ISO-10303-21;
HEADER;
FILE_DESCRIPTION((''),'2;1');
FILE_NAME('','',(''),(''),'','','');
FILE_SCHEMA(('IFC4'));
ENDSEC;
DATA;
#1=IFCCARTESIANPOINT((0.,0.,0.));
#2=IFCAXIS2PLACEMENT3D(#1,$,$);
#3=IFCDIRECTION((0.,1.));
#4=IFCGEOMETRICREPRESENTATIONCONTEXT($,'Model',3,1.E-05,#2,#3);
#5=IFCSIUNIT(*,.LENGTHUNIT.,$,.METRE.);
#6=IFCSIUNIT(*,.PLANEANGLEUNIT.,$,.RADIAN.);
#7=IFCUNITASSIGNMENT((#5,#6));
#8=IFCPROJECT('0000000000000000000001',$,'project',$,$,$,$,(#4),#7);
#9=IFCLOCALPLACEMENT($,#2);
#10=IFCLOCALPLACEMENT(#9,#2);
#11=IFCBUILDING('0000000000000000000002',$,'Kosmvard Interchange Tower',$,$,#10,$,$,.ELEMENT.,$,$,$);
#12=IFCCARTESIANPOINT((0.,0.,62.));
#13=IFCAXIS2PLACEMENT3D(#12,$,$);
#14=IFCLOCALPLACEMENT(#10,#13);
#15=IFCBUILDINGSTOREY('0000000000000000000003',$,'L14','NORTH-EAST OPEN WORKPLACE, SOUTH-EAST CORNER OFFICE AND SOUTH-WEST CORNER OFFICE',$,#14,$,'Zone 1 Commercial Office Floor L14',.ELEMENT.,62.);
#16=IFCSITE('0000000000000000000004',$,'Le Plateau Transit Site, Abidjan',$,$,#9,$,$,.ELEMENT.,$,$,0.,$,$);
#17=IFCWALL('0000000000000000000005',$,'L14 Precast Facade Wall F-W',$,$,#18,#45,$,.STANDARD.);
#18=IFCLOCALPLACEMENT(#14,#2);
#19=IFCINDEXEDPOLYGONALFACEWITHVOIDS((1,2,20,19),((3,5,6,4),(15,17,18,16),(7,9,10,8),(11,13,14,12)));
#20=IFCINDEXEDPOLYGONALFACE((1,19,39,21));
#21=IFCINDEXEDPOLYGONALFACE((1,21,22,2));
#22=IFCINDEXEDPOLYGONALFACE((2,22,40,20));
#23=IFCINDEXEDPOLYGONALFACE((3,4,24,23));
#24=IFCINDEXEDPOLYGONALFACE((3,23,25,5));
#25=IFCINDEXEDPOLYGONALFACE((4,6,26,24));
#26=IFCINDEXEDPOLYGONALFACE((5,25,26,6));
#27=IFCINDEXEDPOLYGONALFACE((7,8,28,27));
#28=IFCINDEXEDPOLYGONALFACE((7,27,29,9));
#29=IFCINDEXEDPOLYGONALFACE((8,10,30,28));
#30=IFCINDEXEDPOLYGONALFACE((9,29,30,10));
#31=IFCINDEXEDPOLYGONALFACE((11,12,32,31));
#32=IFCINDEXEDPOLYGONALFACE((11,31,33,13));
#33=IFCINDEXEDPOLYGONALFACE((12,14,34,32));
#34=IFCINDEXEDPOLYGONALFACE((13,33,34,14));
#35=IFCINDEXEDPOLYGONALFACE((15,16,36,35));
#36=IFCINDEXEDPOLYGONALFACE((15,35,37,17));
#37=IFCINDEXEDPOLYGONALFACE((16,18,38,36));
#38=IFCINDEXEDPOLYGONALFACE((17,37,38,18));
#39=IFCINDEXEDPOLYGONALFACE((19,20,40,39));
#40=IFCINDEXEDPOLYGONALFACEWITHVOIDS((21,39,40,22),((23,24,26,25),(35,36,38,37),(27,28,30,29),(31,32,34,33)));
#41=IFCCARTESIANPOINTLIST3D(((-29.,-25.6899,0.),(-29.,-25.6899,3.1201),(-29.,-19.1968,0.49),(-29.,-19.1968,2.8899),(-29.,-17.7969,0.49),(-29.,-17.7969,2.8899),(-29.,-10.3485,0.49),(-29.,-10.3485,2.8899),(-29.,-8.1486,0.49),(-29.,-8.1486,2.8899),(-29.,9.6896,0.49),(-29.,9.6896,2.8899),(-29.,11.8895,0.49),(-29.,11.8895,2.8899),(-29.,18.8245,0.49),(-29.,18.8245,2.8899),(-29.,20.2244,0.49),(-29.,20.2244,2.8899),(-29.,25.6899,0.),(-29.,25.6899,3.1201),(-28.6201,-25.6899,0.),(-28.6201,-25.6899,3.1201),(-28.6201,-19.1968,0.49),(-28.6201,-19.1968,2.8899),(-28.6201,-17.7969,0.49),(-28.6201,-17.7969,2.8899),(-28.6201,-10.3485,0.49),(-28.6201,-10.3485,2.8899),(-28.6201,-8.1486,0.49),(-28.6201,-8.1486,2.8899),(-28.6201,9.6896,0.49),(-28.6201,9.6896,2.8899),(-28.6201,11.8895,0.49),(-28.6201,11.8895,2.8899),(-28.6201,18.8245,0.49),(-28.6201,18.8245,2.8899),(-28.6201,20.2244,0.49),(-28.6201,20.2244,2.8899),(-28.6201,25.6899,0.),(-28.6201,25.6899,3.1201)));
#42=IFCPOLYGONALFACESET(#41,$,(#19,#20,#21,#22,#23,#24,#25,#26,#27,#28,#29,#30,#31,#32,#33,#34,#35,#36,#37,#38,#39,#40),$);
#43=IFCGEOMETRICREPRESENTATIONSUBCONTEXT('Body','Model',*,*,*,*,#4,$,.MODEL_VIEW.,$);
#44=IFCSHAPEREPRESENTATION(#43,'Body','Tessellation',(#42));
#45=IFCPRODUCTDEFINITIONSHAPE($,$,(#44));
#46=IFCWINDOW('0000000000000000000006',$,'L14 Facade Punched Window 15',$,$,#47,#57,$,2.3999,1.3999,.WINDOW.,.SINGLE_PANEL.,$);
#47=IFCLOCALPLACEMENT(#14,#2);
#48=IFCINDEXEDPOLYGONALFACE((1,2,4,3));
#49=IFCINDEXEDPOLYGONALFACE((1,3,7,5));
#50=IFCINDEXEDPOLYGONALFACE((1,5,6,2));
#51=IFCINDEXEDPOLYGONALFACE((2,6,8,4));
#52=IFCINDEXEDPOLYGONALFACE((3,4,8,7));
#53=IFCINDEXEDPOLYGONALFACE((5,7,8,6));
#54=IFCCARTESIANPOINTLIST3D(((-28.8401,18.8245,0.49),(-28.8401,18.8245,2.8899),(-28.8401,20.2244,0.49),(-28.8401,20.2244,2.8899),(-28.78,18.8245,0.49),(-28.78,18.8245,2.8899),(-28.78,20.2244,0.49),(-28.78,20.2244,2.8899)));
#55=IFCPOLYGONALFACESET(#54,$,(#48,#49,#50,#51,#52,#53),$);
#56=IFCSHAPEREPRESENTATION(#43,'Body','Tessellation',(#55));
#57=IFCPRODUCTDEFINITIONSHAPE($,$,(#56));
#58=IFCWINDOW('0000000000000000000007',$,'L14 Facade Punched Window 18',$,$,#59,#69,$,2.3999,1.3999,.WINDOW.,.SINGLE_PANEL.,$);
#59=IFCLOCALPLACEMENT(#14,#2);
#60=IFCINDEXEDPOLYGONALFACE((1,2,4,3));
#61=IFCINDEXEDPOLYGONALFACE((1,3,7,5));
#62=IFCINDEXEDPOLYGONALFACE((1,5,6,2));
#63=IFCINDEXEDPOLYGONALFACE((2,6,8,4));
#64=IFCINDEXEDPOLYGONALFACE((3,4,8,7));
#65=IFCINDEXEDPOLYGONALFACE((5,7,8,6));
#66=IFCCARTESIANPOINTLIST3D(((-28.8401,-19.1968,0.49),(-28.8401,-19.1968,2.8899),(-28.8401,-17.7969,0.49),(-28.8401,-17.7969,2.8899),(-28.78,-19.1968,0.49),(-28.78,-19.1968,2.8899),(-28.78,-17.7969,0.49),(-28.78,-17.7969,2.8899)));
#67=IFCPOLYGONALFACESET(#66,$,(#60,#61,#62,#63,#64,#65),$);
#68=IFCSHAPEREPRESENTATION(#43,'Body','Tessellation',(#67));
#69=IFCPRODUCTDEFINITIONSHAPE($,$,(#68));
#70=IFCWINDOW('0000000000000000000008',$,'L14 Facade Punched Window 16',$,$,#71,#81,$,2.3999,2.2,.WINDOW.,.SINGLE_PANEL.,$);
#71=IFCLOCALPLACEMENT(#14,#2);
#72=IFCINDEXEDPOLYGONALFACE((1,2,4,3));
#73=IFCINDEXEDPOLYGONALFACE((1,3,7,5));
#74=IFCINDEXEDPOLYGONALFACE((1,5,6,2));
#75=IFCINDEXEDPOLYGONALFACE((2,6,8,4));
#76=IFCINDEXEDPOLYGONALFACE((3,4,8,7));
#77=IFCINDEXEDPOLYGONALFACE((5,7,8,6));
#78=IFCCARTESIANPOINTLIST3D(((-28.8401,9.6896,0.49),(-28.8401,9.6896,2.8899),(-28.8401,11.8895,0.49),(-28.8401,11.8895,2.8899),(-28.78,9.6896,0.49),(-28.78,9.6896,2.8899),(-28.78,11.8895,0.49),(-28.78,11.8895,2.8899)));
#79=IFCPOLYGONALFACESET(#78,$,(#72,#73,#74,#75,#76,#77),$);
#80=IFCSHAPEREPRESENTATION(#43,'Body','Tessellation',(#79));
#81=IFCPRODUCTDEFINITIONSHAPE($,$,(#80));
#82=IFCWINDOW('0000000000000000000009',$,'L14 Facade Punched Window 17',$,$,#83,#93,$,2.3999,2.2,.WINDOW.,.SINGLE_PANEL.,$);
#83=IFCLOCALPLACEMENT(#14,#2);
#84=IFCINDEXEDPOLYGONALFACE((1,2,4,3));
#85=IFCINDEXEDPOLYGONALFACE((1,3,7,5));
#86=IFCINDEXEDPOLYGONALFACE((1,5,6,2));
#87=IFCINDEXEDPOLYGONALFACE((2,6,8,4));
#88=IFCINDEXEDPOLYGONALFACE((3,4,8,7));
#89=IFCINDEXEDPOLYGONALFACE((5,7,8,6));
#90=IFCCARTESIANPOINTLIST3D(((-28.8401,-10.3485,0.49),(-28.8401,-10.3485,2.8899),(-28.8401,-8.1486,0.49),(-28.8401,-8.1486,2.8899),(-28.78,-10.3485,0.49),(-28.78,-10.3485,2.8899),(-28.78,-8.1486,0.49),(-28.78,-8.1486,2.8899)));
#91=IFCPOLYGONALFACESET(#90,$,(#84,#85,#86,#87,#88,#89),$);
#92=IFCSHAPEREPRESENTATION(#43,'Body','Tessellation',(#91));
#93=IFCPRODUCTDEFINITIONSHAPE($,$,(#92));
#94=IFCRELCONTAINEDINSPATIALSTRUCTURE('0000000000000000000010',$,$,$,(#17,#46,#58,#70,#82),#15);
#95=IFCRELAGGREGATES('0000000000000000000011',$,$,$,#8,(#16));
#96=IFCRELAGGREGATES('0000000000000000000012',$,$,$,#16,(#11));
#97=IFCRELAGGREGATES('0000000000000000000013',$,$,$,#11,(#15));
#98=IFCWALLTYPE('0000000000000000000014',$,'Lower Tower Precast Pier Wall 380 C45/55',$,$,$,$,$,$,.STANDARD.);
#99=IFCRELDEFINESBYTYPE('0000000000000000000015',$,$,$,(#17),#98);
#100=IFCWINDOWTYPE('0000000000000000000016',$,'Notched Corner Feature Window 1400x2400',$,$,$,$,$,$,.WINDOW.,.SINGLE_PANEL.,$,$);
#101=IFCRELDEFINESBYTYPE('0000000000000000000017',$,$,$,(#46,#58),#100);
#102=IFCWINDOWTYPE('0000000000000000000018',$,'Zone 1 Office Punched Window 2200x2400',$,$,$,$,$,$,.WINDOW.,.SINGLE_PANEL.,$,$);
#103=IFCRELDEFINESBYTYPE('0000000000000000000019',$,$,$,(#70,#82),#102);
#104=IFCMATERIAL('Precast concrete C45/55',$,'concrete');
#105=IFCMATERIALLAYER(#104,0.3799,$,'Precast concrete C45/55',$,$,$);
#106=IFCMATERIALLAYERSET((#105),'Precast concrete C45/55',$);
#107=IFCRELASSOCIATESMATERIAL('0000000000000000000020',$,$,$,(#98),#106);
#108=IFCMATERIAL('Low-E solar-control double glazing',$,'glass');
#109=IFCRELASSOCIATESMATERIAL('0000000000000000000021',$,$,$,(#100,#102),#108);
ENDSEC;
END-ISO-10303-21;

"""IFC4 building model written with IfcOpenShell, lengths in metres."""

from ifc_helpers import new_model, si_unit, direction, frame, frame_2d, origin, place, context, subcontext, project, spatial, rectangle, extrude, source, transform, mapped, material, layer, layer_set, type_object, element, fill, save


model = new_model("IFC4")

# Units and contexts
model_context = context("Model", 3, precision=1e-05, world=origin(), true_north=direction((0.0, 1.0)))
body_context = subcontext(model_context, "Body", "Model", "MODEL_VIEW")
ifc_project = project(units=[si_unit("LENGTHUNIT", "METRE"), si_unit("PLANEANGLEUNIT", "RADIAN")], contexts=[model_context])

# Site, building, storey
site_placement = place(None, origin())
site = spatial("IfcSite", under=ifc_project, at=site_placement, Name="Le Plateau Transit Site, Abidjan", CompositionType="ELEMENT", RefElevation=0.0)
building_placement = place(site_placement, origin())
building = spatial("IfcBuilding", under=site, at=building_placement, Name="Kosmvard Interchange Tower", CompositionType="ELEMENT")
storey_placement = place(building_placement, frame((0.0, 0.0, 62.0)))
storey = spatial("IfcBuildingStorey", under=building, at=storey_placement, Name="L14", Description="NORTH-EAST OPEN WORKPLACE, SOUTH-EAST CORNER OFFICE AND SOUTH-WEST CORNER OFFICE", LongName="Zone 1 Commercial Office Floor L14", CompositionType="ELEMENT", Elevation=62.0)

# Shared definitions
ifc_material_1 = material(Name="Precast concrete C45/55", Category="concrete")

# Shared definitions
ifc_layer_1 = layer(ifc_material_1, 0.3799, Name="Precast concrete C45/55")
ifc_layer_set_1 = layer_set([ifc_layer_1], Name="Precast concrete C45/55")
wall_type = type_object("IfcWallType", Name="Lower Tower Precast Pier Wall 380 C45/55", PredefinedType="STANDARD", material=ifc_layer_set_1)

# Wall, openings, windows
wall_1_placement = place(storey_placement, frame((-28.8101, 25.6899, 0.0), z_axis=(0.0, 0.0, 1.0), x_axis=(0.0, -1.0, 0.0)))
wall_1 = element("IfcWall", 1, at=wall_1_placement, inside=storey, type_object=wall_type, Name="L14 Precast Facade Wall F-W", PredefinedType="STANDARD", context=body_context, shape_type="SweptSolid", body=[
    extrude(rectangle(XDim=51.3799, YDim=0.3799, at=frame_2d((25.6899, 0.0))), origin(), (0.0, 0.0, 1.0), 3.1201),
])
opening_1_placement = place(wall_1_placement, frame((5.4656, 0.0, 0.49)))
opening_1 = element("IfcOpeningElement", 2, at=opening_1_placement, cuts=wall_1, PredefinedType="OPENING", context=body_context, shape_type="SweptSolid", body=[
    extrude(rectangle(XDim=1.3999, YDim=2.3999, at=frame_2d((0.7, 1.2))), frame((0.0, 0.2, 0.0), z_axis=(0.0, -1.0, 0.0), x_axis=(1.0, 0.0, 0.0)), (0.0, 0.0, 1.0), 0.3999),
])
opening_2_placement = place(wall_1_placement, frame((13.8003, 0.0, 0.49)))
opening_2 = element("IfcOpeningElement", 3, at=opening_2_placement, cuts=wall_1, PredefinedType="OPENING", context=body_context, shape_type="SweptSolid", body=[
    extrude(rectangle(XDim=2.2, YDim=2.3999, at=frame_2d((1.1001, 1.2))), frame((0.0, 0.2, 0.0), z_axis=(0.0, -1.0, 0.0), x_axis=(1.0, 0.0, 0.0)), (0.0, 0.0, 1.0), 0.3999),
])
opening_3_placement = place(wall_1_placement, frame((33.8384, 0.0, 0.49)))
opening_3 = element("IfcOpeningElement", 4, at=opening_3_placement, cuts=wall_1, PredefinedType="OPENING", context=body_context, shape_type="SweptSolid", body=[
    extrude(rectangle(XDim=2.2, YDim=2.3999, at=frame_2d((1.1001, 1.2))), frame((0.0, 0.2, 0.0), z_axis=(0.0, -1.0, 0.0), x_axis=(1.0, 0.0, 0.0)), (0.0, 0.0, 1.0), 0.3999),
])
opening_4_placement = place(wall_1_placement, frame((43.4868, 0.0, 0.49)))
opening_4 = element("IfcOpeningElement", 5, at=opening_4_placement, cuts=wall_1, PredefinedType="OPENING", context=body_context, shape_type="SweptSolid", body=[
    extrude(rectangle(XDim=1.3999, YDim=2.3999, at=frame_2d((0.7, 1.2))), frame((0.0, 0.2, 0.0), z_axis=(0.0, -1.0, 0.0), x_axis=(1.0, 0.0, 0.0)), (0.0, 0.0, 1.0), 0.3999),
])
ifc_material_2 = material(Name="Low-E solar-control double glazing", Category="glass")
window_type_1 = type_object("IfcWindowType", Name="Notched Corner Feature Window 1400x2400", PartitioningType="SINGLE_PANEL", PredefinedType="WINDOW", material=ifc_material_2)
shared_shape_1 = source(origin(), body_context, "Body", "SweptSolid", [
    extrude(rectangle(XDim=1.3999, YDim=2.3999, at=frame_2d((0.7, 1.2))), frame((0.0, 0.03, 0.0), z_axis=(0.0, -1.0, 0.0), x_axis=(1.0, 0.0, 0.0)), (0.0, 0.0, 1.0), 0.0601),
])
window_1_placement = place(opening_1_placement, origin())
window_1 = element("IfcWindow", 6, at=window_1_placement, inside=storey, type_object=window_type_1, Name="L14 Facade Punched Window 15", OverallHeight=2.3999, OverallWidth=1.3999, PartitioningType="SINGLE_PANEL", PredefinedType="WINDOW", context=body_context, shape_type="MappedRepresentation", body=[
    mapped(shared_shape_1, transform((0.0, 0.0, 0.0), scale=1.0)),
])
fill(opening_1, window_1)
window_2_placement = place(opening_4_placement, origin())
window_2 = element("IfcWindow", 7, at=window_2_placement, inside=storey, type_object=window_type_1, Name="L14 Facade Punched Window 18", OverallHeight=2.3999, OverallWidth=1.3999, PartitioningType="SINGLE_PANEL", PredefinedType="WINDOW", context=body_context, shape_type="MappedRepresentation", body=[
    mapped(shared_shape_1, transform((0.0, 0.0, 0.0), scale=1.0)),
])
fill(opening_4, window_2)
window_type_2 = type_object("IfcWindowType", Name="Zone 1 Office Punched Window 2200x2400", PartitioningType="SINGLE_PANEL", PredefinedType="WINDOW", material=ifc_material_2)
shared_shape_2 = source(origin(), body_context, "Body", "SweptSolid", [
    extrude(rectangle(XDim=2.2, YDim=2.3999, at=frame_2d((1.1001, 1.2))), frame((0.0, 0.03, 0.0), z_axis=(0.0, -1.0, 0.0), x_axis=(1.0, 0.0, 0.0)), (0.0, 0.0, 1.0), 0.0601),
])
window_3_placement = place(opening_2_placement, origin())
window_3 = element("IfcWindow", 8, at=window_3_placement, inside=storey, type_object=window_type_2, Name="L14 Facade Punched Window 16", OverallHeight=2.3999, OverallWidth=2.2, PartitioningType="SINGLE_PANEL", PredefinedType="WINDOW", context=body_context, shape_type="MappedRepresentation", body=[
    mapped(shared_shape_2, transform((0.0, 0.0, 0.0), scale=1.0)),
])
fill(opening_2, window_3)
window_4_placement = place(opening_3_placement, origin())
window_4 = element("IfcWindow", 9, at=window_4_placement, inside=storey, type_object=window_type_2, Name="L14 Facade Punched Window 17", OverallHeight=2.3999, OverallWidth=2.2, PartitioningType="SINGLE_PANEL", PredefinedType="WINDOW", context=body_context, shape_type="MappedRepresentation", body=[
    mapped(shared_shape_2, transform((0.0, 0.0, 0.0), scale=1.0)),
])
fill(opening_3, window_4)

save(model, "model.ifc")
